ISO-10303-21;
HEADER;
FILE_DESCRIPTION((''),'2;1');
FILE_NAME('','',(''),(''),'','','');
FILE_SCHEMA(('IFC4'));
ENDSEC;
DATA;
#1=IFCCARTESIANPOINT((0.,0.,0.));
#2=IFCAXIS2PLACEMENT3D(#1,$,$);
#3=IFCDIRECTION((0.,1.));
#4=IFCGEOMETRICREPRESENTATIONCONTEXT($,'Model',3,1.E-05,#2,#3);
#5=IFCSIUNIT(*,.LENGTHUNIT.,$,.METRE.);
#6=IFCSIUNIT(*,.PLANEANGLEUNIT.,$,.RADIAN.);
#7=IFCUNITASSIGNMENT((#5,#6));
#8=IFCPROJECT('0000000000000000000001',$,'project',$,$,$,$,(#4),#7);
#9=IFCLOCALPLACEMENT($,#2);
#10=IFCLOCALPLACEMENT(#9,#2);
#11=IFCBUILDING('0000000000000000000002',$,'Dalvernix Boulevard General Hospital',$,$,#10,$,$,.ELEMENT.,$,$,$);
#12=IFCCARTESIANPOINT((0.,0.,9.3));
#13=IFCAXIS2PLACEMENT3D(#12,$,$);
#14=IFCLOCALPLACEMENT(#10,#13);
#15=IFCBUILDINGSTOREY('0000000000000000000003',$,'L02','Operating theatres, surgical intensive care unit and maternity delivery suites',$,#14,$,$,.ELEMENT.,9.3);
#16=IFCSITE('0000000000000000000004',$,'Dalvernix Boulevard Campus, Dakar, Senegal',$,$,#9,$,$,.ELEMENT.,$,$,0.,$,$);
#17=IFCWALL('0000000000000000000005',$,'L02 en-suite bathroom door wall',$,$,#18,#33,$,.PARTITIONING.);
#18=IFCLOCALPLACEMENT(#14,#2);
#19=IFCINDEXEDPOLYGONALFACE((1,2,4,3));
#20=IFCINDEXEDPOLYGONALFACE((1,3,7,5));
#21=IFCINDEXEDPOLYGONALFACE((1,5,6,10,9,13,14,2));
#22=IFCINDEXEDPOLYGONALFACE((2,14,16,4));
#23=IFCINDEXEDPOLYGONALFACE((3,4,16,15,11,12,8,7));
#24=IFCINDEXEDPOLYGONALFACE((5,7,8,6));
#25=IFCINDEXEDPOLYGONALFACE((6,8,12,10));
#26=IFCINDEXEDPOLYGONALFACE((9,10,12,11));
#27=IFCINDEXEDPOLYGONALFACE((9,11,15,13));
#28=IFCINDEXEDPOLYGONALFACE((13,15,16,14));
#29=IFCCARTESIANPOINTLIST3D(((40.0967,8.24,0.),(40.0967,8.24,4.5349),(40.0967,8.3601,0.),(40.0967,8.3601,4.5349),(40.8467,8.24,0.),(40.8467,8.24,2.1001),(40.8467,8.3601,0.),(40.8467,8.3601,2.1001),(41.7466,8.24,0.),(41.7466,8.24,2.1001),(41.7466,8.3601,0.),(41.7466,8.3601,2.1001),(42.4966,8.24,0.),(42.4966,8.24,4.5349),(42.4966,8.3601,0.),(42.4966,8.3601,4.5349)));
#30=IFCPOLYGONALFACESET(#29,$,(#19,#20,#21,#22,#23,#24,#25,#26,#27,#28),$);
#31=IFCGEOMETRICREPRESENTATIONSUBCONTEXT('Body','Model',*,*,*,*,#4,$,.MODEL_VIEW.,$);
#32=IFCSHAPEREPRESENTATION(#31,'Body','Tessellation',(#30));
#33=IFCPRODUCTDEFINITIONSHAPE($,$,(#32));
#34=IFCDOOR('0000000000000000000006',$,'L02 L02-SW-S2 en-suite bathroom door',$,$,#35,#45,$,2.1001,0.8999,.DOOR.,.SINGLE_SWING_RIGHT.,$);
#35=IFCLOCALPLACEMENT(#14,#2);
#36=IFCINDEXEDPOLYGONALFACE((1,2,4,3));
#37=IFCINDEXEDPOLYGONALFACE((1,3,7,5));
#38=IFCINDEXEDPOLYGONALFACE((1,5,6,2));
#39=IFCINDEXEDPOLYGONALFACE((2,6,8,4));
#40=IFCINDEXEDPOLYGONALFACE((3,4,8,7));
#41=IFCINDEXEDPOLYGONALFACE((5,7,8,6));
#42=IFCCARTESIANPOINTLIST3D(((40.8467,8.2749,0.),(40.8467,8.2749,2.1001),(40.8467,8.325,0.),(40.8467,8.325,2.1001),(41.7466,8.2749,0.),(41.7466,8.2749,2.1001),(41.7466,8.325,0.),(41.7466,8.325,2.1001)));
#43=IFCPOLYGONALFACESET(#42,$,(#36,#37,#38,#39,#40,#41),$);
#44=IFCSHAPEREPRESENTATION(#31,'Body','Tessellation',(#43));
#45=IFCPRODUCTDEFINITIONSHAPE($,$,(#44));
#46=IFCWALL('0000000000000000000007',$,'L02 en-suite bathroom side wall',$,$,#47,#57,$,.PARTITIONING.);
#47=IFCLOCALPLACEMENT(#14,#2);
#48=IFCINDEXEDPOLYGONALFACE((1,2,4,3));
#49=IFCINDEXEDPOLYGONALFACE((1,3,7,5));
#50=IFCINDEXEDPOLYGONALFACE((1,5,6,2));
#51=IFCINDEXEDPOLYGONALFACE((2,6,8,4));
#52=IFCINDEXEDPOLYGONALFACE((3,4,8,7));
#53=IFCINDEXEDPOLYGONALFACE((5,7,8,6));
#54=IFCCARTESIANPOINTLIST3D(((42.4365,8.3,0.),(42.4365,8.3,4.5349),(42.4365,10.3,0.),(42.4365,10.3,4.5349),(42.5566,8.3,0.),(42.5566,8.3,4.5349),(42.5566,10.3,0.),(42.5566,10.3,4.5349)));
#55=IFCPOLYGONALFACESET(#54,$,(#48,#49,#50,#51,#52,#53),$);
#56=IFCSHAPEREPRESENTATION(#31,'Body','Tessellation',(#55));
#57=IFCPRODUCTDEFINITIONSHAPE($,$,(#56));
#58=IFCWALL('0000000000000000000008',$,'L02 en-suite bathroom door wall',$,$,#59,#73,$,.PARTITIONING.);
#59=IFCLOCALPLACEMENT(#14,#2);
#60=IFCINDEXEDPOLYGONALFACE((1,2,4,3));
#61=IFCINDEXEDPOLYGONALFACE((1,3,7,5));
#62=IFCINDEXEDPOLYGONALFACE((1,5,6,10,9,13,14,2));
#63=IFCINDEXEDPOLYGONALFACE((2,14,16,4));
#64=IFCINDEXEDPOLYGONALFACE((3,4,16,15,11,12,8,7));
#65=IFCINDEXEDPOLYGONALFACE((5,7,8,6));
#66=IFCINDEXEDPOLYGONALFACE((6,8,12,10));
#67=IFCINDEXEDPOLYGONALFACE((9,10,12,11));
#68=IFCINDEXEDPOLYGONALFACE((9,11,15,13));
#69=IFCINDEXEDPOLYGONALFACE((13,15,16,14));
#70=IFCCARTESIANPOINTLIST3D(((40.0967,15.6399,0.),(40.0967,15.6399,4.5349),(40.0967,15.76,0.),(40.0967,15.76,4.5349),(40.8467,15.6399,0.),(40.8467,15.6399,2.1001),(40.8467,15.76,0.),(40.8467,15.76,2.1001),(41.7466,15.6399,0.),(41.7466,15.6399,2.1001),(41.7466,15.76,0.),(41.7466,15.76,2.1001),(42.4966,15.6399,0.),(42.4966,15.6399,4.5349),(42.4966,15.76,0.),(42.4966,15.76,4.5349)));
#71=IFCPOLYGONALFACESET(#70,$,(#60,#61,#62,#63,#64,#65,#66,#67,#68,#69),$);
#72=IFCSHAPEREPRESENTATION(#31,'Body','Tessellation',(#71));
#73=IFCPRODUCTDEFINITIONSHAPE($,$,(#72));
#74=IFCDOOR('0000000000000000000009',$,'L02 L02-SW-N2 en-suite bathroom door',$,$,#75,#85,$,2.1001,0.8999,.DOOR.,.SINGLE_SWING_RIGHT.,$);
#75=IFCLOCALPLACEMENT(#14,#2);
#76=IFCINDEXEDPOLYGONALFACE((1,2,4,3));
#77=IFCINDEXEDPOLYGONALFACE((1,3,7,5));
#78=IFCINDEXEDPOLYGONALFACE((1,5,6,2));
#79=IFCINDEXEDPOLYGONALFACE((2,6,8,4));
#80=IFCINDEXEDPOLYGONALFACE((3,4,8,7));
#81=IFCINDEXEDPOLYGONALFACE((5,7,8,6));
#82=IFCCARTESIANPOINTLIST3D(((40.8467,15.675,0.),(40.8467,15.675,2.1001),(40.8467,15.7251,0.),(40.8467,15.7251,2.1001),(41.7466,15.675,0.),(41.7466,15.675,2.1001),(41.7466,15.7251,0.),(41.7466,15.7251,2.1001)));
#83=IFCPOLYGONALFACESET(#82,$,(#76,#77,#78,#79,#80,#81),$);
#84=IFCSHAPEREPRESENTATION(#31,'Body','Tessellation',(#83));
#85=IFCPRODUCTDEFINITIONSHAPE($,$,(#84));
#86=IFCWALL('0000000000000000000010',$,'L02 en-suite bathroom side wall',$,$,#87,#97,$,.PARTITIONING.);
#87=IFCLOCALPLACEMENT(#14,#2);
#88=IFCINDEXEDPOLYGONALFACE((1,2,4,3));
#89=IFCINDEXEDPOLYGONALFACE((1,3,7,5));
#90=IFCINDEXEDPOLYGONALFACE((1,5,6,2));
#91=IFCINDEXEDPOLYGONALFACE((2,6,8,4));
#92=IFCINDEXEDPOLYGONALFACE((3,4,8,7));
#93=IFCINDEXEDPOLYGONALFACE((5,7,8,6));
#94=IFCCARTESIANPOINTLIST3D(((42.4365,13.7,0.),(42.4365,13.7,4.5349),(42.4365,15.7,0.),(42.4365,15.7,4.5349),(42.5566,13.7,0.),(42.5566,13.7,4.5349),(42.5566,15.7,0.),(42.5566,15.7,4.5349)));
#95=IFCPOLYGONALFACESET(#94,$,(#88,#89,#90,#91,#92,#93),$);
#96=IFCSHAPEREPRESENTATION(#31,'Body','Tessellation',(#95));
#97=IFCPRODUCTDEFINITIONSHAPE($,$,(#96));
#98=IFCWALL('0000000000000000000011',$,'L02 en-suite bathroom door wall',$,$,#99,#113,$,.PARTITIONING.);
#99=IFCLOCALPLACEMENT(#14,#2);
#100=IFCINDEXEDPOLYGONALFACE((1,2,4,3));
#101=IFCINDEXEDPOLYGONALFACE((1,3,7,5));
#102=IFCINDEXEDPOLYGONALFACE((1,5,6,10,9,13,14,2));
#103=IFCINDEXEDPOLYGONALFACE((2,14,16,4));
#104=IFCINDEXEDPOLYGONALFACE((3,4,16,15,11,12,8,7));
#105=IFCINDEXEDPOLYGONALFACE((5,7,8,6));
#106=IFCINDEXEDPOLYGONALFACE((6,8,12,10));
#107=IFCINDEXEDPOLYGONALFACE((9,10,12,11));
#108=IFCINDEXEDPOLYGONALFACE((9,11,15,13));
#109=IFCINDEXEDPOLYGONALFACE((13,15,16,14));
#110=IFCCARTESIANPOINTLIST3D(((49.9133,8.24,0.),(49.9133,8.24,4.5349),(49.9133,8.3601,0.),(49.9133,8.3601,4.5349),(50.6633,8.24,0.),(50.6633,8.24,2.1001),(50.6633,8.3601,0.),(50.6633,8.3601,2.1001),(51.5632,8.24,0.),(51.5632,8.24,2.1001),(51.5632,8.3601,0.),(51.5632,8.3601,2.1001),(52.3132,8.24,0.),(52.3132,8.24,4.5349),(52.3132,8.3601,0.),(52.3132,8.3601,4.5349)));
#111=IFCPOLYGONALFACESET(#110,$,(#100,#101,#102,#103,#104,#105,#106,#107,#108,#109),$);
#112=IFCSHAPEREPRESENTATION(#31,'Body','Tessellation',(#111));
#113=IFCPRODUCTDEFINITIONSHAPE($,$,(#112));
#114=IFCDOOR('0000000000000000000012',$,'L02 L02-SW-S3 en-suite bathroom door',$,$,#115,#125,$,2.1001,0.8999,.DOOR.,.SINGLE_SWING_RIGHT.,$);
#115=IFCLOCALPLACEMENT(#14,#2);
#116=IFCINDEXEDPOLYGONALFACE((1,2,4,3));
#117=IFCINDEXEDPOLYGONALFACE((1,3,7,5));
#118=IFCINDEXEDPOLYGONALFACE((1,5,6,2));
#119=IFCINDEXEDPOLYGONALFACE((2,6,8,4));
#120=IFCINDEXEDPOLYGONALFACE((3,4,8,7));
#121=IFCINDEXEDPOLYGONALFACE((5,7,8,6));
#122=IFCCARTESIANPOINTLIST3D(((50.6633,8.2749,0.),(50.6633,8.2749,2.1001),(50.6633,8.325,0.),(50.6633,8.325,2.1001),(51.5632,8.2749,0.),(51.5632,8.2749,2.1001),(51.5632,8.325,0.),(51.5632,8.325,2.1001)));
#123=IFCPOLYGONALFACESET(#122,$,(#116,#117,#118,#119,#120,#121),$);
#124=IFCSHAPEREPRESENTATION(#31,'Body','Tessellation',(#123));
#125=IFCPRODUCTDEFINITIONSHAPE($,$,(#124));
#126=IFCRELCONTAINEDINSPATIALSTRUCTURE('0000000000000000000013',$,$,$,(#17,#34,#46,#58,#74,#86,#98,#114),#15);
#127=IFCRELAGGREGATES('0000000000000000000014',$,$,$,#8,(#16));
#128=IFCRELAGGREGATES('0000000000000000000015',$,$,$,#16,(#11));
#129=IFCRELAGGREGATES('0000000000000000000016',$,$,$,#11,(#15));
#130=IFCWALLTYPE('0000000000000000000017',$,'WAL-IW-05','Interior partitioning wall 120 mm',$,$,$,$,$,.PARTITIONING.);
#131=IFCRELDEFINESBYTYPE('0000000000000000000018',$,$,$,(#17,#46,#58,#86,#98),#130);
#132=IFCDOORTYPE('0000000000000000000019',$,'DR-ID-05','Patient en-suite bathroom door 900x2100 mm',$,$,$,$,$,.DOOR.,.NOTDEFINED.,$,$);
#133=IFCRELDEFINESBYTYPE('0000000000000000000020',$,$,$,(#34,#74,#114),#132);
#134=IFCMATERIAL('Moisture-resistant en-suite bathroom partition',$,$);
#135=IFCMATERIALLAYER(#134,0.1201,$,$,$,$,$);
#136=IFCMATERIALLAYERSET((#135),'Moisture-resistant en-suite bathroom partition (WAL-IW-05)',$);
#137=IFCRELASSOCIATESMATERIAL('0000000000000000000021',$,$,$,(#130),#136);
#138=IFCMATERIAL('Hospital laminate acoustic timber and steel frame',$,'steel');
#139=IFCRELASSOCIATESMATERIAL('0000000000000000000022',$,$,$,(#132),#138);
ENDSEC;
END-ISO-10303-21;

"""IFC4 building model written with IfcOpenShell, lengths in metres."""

from ifc_helpers import new_model, si_unit, direction, frame, frame_2d, origin, place, context, subcontext, project, spatial, rectangle, extrude, material, layer, layer_set, type_object, element, fill, save


model = new_model("IFC4")

# Units and contexts
model_context = context("Model", 3, precision=1e-05, world=origin(), true_north=direction((0.0, 1.0)))
body_context = subcontext(model_context, "Body", "Model", "MODEL_VIEW")
ifc_project = project(units=[si_unit("LENGTHUNIT", "METRE"), si_unit("PLANEANGLEUNIT", "RADIAN")], contexts=[model_context])

# Site, building, storey
site_placement = place(None, origin())
site = spatial("IfcSite", under=ifc_project, at=site_placement, Name="Dalvernix Boulevard Campus, Dakar, Senegal", CompositionType="ELEMENT", RefElevation=0.0)
building_placement = place(site_placement, origin())
building = spatial("IfcBuilding", under=site, at=building_placement, Name="Dalvernix Boulevard General Hospital", CompositionType="ELEMENT")
storey_placement = place(building_placement, frame((0.0, 0.0, 9.3)))
storey = spatial("IfcBuildingStorey", under=building, at=storey_placement, Name="L02", Description="Operating theatres, surgical intensive care unit and maternity delivery suites", CompositionType="ELEMENT", Elevation=9.3)

# Shared definitions
ifc_material_1 = material(Name="Hospital laminate acoustic timber and steel frame", Category="steel")

# Shared definitions
ifc_material_2 = material(Name="Moisture-resistant en-suite bathroom partition")
ifc_layer_1 = layer(ifc_material_2, 0.1201)
ifc_layer_set_1 = layer_set([ifc_layer_1], Name="Moisture-resistant en-suite bathroom partition (WAL-IW-05)")
wall_type_1 = type_object("IfcWallType", Name="WAL-IW-05", Description="Interior partitioning wall 120 mm", PredefinedType="PARTITIONING", material=ifc_layer_set_1)

# Shared definitions
door_type_1 = type_object("IfcDoorType", Name="DR-ID-05", Description="Patient en-suite bathroom door 900x2100 mm", OperationType="NOTDEFINED", PredefinedType="DOOR", material=ifc_material_1)

# Wall, opening, door
wall_1_placement = place(storey_placement, frame((40.0967, 8.3, 0.0), z_axis=(0.0, 0.0, 1.0), x_axis=(1.0, 0.0, 0.0)))
wall_1 = element("IfcWall", 1, at=wall_1_placement, inside=storey, type_object=wall_type_1, Name="L02 en-suite bathroom door wall", PredefinedType="PARTITIONING", context=body_context, shape_type="SweptSolid", body=[
    extrude(rectangle(XDim=2.3999, YDim=0.1201, at=frame_2d((1.2, 0.0))), origin(), (0.0, 0.0, 1.0), 4.5349),
])
opening_1_placement = place(wall_1_placement, frame((0.75, 0.0, 0.0)))
opening_1 = element("IfcOpeningElement", 2, at=opening_1_placement, cuts=wall_1, PredefinedType="OPENING", context=body_context, shape_type="SweptSolid", body=[
    extrude(rectangle(XDim=0.8999, YDim=2.1001, at=frame_2d((0.45, 1.05))), frame((0.0, 0.0701, 0.0), z_axis=(0.0, -1.0, 0.0), x_axis=(1.0, 0.0, 0.0)), (0.0, 0.0, 1.0), 0.1401),
])
door_1_placement = place(opening_1_placement, origin())
door_1 = element("IfcDoor", 3, at=door_1_placement, inside=storey, type_object=door_type_1, Name="L02 L02-SW-S2 en-suite bathroom door", OperationType="SINGLE_SWING_RIGHT", OverallHeight=2.1001, OverallWidth=0.8999, PredefinedType="DOOR", context=body_context, shape_type="SweptSolid", body=[
    extrude(rectangle(XDim=0.8999, YDim=2.1001, at=frame_2d((0.45, 1.05))), frame((0.0, 0.0249, 0.0), z_axis=(0.0, -1.0, 0.0), x_axis=(1.0, 0.0, 0.0)), (0.0, 0.0, 1.0), 0.05),
])
fill(opening_1, door_1)

# Wall
wall_2_placement = place(storey_placement, frame((42.4966, 8.3, 0.0), z_axis=(0.0, 0.0, 1.0), x_axis=(0.0, 1.0, 0.0)))
element("IfcWall", 4, at=wall_2_placement, inside=storey, type_object=wall_type_1, Name="L02 en-suite bathroom side wall", PredefinedType="PARTITIONING", context=body_context, shape_type="SweptSolid", body=[
    extrude(rectangle(XDim=2.0, YDim=0.1201, at=frame_2d((1.0, 0.0))), origin(), (0.0, 0.0, 1.0), 4.5349),
])

# Wall, opening, door
wall_3_placement = place(storey_placement, frame((42.4966, 15.7, 0.0), z_axis=(0.0, 0.0, 1.0), x_axis=(-1.0, 0.0, 0.0)))
wall_3 = element("IfcWall", 5, at=wall_3_placement, inside=storey, type_object=wall_type_1, Name="L02 en-suite bathroom door wall", PredefinedType="PARTITIONING", context=body_context, shape_type="SweptSolid", body=[
    extrude(rectangle(XDim=2.3999, YDim=0.1201, at=frame_2d((1.2, 0.0))), origin(), (0.0, 0.0, 1.0), 4.5349),
])
opening_2_placement = place(wall_3_placement, frame((0.75, 0.0, 0.0)))
opening_2 = element("IfcOpeningElement", 6, at=opening_2_placement, cuts=wall_3, PredefinedType="OPENING", context=body_context, shape_type="SweptSolid", body=[
    extrude(rectangle(XDim=0.8999, YDim=2.1001, at=frame_2d((0.45, 1.05))), frame((0.0, 0.0701, 0.0), z_axis=(0.0, -1.0, 0.0), x_axis=(1.0, 0.0, 0.0)), (0.0, 0.0, 1.0), 0.1401),
])
door_2_placement = place(opening_2_placement, origin())
door_2 = element("IfcDoor", 7, at=door_2_placement, inside=storey, type_object=door_type_1, Name="L02 L02-SW-N2 en-suite bathroom door", OperationType="SINGLE_SWING_RIGHT", OverallHeight=2.1001, OverallWidth=0.8999, PredefinedType="DOOR", context=body_context, shape_type="SweptSolid", body=[
    extrude(rectangle(XDim=0.8999, YDim=2.1001, at=frame_2d((0.45, 1.05))), frame((0.0, 0.0249, 0.0), z_axis=(0.0, -1.0, 0.0), x_axis=(1.0, 0.0, 0.0)), (0.0, 0.0, 1.0), 0.05),
])
fill(opening_2, door_2)

# Wall
wall_4_placement = place(storey_placement, frame((42.4966, 13.7, 0.0), z_axis=(0.0, 0.0, 1.0), x_axis=(0.0, 1.0, 0.0)))
element("IfcWall", 8, at=wall_4_placement, inside=storey, type_object=wall_type_1, Name="L02 en-suite bathroom side wall", PredefinedType="PARTITIONING", context=body_context, shape_type="SweptSolid", body=[
    extrude(rectangle(XDim=2.0, YDim=0.1201, at=frame_2d((1.0, 0.0))), origin(), (0.0, 0.0, 1.0), 4.5349),
])

# Wall, opening, door
wall_5_placement = place(storey_placement, frame((49.9133, 8.3, 0.0), z_axis=(0.0, 0.0, 1.0), x_axis=(1.0, 0.0, 0.0)))
wall_5 = element("IfcWall", 9, at=wall_5_placement, inside=storey, type_object=wall_type_1, Name="L02 en-suite bathroom door wall", PredefinedType="PARTITIONING", context=body_context, shape_type="SweptSolid", body=[
    extrude(rectangle(XDim=2.3999, YDim=0.1201, at=frame_2d((1.2, 0.0))), origin(), (0.0, 0.0, 1.0), 4.5349),
])
opening_3_placement = place(wall_5_placement, frame((0.75, 0.0, 0.0)))
opening_3 = element("IfcOpeningElement", 10, at=opening_3_placement, cuts=wall_5, PredefinedType="OPENING", context=body_context, shape_type="SweptSolid", body=[
    extrude(rectangle(XDim=0.8999, YDim=2.1001, at=frame_2d((0.45, 1.05))), frame((0.0, 0.0701, 0.0), z_axis=(0.0, -1.0, 0.0), x_axis=(1.0, 0.0, 0.0)), (0.0, 0.0, 1.0), 0.1401),
])
door_3_placement = place(opening_3_placement, origin())
door_3 = element("IfcDoor", 11, at=door_3_placement, inside=storey, type_object=door_type_1, Name="L02 L02-SW-S3 en-suite bathroom door", OperationType="SINGLE_SWING_RIGHT", OverallHeight=2.1001, OverallWidth=0.8999, PredefinedType="DOOR", context=body_context, shape_type="SweptSolid", body=[
    extrude(rectangle(XDim=0.8999, YDim=2.1001, at=frame_2d((0.45, 1.05))), frame((0.0, 0.0249, 0.0), z_axis=(0.0, -1.0, 0.0), x_axis=(1.0, 0.0, 0.0)), (0.0, 0.0, 1.0), 0.05),
])
fill(opening_3, door_3)

save(model, "model.ifc")
